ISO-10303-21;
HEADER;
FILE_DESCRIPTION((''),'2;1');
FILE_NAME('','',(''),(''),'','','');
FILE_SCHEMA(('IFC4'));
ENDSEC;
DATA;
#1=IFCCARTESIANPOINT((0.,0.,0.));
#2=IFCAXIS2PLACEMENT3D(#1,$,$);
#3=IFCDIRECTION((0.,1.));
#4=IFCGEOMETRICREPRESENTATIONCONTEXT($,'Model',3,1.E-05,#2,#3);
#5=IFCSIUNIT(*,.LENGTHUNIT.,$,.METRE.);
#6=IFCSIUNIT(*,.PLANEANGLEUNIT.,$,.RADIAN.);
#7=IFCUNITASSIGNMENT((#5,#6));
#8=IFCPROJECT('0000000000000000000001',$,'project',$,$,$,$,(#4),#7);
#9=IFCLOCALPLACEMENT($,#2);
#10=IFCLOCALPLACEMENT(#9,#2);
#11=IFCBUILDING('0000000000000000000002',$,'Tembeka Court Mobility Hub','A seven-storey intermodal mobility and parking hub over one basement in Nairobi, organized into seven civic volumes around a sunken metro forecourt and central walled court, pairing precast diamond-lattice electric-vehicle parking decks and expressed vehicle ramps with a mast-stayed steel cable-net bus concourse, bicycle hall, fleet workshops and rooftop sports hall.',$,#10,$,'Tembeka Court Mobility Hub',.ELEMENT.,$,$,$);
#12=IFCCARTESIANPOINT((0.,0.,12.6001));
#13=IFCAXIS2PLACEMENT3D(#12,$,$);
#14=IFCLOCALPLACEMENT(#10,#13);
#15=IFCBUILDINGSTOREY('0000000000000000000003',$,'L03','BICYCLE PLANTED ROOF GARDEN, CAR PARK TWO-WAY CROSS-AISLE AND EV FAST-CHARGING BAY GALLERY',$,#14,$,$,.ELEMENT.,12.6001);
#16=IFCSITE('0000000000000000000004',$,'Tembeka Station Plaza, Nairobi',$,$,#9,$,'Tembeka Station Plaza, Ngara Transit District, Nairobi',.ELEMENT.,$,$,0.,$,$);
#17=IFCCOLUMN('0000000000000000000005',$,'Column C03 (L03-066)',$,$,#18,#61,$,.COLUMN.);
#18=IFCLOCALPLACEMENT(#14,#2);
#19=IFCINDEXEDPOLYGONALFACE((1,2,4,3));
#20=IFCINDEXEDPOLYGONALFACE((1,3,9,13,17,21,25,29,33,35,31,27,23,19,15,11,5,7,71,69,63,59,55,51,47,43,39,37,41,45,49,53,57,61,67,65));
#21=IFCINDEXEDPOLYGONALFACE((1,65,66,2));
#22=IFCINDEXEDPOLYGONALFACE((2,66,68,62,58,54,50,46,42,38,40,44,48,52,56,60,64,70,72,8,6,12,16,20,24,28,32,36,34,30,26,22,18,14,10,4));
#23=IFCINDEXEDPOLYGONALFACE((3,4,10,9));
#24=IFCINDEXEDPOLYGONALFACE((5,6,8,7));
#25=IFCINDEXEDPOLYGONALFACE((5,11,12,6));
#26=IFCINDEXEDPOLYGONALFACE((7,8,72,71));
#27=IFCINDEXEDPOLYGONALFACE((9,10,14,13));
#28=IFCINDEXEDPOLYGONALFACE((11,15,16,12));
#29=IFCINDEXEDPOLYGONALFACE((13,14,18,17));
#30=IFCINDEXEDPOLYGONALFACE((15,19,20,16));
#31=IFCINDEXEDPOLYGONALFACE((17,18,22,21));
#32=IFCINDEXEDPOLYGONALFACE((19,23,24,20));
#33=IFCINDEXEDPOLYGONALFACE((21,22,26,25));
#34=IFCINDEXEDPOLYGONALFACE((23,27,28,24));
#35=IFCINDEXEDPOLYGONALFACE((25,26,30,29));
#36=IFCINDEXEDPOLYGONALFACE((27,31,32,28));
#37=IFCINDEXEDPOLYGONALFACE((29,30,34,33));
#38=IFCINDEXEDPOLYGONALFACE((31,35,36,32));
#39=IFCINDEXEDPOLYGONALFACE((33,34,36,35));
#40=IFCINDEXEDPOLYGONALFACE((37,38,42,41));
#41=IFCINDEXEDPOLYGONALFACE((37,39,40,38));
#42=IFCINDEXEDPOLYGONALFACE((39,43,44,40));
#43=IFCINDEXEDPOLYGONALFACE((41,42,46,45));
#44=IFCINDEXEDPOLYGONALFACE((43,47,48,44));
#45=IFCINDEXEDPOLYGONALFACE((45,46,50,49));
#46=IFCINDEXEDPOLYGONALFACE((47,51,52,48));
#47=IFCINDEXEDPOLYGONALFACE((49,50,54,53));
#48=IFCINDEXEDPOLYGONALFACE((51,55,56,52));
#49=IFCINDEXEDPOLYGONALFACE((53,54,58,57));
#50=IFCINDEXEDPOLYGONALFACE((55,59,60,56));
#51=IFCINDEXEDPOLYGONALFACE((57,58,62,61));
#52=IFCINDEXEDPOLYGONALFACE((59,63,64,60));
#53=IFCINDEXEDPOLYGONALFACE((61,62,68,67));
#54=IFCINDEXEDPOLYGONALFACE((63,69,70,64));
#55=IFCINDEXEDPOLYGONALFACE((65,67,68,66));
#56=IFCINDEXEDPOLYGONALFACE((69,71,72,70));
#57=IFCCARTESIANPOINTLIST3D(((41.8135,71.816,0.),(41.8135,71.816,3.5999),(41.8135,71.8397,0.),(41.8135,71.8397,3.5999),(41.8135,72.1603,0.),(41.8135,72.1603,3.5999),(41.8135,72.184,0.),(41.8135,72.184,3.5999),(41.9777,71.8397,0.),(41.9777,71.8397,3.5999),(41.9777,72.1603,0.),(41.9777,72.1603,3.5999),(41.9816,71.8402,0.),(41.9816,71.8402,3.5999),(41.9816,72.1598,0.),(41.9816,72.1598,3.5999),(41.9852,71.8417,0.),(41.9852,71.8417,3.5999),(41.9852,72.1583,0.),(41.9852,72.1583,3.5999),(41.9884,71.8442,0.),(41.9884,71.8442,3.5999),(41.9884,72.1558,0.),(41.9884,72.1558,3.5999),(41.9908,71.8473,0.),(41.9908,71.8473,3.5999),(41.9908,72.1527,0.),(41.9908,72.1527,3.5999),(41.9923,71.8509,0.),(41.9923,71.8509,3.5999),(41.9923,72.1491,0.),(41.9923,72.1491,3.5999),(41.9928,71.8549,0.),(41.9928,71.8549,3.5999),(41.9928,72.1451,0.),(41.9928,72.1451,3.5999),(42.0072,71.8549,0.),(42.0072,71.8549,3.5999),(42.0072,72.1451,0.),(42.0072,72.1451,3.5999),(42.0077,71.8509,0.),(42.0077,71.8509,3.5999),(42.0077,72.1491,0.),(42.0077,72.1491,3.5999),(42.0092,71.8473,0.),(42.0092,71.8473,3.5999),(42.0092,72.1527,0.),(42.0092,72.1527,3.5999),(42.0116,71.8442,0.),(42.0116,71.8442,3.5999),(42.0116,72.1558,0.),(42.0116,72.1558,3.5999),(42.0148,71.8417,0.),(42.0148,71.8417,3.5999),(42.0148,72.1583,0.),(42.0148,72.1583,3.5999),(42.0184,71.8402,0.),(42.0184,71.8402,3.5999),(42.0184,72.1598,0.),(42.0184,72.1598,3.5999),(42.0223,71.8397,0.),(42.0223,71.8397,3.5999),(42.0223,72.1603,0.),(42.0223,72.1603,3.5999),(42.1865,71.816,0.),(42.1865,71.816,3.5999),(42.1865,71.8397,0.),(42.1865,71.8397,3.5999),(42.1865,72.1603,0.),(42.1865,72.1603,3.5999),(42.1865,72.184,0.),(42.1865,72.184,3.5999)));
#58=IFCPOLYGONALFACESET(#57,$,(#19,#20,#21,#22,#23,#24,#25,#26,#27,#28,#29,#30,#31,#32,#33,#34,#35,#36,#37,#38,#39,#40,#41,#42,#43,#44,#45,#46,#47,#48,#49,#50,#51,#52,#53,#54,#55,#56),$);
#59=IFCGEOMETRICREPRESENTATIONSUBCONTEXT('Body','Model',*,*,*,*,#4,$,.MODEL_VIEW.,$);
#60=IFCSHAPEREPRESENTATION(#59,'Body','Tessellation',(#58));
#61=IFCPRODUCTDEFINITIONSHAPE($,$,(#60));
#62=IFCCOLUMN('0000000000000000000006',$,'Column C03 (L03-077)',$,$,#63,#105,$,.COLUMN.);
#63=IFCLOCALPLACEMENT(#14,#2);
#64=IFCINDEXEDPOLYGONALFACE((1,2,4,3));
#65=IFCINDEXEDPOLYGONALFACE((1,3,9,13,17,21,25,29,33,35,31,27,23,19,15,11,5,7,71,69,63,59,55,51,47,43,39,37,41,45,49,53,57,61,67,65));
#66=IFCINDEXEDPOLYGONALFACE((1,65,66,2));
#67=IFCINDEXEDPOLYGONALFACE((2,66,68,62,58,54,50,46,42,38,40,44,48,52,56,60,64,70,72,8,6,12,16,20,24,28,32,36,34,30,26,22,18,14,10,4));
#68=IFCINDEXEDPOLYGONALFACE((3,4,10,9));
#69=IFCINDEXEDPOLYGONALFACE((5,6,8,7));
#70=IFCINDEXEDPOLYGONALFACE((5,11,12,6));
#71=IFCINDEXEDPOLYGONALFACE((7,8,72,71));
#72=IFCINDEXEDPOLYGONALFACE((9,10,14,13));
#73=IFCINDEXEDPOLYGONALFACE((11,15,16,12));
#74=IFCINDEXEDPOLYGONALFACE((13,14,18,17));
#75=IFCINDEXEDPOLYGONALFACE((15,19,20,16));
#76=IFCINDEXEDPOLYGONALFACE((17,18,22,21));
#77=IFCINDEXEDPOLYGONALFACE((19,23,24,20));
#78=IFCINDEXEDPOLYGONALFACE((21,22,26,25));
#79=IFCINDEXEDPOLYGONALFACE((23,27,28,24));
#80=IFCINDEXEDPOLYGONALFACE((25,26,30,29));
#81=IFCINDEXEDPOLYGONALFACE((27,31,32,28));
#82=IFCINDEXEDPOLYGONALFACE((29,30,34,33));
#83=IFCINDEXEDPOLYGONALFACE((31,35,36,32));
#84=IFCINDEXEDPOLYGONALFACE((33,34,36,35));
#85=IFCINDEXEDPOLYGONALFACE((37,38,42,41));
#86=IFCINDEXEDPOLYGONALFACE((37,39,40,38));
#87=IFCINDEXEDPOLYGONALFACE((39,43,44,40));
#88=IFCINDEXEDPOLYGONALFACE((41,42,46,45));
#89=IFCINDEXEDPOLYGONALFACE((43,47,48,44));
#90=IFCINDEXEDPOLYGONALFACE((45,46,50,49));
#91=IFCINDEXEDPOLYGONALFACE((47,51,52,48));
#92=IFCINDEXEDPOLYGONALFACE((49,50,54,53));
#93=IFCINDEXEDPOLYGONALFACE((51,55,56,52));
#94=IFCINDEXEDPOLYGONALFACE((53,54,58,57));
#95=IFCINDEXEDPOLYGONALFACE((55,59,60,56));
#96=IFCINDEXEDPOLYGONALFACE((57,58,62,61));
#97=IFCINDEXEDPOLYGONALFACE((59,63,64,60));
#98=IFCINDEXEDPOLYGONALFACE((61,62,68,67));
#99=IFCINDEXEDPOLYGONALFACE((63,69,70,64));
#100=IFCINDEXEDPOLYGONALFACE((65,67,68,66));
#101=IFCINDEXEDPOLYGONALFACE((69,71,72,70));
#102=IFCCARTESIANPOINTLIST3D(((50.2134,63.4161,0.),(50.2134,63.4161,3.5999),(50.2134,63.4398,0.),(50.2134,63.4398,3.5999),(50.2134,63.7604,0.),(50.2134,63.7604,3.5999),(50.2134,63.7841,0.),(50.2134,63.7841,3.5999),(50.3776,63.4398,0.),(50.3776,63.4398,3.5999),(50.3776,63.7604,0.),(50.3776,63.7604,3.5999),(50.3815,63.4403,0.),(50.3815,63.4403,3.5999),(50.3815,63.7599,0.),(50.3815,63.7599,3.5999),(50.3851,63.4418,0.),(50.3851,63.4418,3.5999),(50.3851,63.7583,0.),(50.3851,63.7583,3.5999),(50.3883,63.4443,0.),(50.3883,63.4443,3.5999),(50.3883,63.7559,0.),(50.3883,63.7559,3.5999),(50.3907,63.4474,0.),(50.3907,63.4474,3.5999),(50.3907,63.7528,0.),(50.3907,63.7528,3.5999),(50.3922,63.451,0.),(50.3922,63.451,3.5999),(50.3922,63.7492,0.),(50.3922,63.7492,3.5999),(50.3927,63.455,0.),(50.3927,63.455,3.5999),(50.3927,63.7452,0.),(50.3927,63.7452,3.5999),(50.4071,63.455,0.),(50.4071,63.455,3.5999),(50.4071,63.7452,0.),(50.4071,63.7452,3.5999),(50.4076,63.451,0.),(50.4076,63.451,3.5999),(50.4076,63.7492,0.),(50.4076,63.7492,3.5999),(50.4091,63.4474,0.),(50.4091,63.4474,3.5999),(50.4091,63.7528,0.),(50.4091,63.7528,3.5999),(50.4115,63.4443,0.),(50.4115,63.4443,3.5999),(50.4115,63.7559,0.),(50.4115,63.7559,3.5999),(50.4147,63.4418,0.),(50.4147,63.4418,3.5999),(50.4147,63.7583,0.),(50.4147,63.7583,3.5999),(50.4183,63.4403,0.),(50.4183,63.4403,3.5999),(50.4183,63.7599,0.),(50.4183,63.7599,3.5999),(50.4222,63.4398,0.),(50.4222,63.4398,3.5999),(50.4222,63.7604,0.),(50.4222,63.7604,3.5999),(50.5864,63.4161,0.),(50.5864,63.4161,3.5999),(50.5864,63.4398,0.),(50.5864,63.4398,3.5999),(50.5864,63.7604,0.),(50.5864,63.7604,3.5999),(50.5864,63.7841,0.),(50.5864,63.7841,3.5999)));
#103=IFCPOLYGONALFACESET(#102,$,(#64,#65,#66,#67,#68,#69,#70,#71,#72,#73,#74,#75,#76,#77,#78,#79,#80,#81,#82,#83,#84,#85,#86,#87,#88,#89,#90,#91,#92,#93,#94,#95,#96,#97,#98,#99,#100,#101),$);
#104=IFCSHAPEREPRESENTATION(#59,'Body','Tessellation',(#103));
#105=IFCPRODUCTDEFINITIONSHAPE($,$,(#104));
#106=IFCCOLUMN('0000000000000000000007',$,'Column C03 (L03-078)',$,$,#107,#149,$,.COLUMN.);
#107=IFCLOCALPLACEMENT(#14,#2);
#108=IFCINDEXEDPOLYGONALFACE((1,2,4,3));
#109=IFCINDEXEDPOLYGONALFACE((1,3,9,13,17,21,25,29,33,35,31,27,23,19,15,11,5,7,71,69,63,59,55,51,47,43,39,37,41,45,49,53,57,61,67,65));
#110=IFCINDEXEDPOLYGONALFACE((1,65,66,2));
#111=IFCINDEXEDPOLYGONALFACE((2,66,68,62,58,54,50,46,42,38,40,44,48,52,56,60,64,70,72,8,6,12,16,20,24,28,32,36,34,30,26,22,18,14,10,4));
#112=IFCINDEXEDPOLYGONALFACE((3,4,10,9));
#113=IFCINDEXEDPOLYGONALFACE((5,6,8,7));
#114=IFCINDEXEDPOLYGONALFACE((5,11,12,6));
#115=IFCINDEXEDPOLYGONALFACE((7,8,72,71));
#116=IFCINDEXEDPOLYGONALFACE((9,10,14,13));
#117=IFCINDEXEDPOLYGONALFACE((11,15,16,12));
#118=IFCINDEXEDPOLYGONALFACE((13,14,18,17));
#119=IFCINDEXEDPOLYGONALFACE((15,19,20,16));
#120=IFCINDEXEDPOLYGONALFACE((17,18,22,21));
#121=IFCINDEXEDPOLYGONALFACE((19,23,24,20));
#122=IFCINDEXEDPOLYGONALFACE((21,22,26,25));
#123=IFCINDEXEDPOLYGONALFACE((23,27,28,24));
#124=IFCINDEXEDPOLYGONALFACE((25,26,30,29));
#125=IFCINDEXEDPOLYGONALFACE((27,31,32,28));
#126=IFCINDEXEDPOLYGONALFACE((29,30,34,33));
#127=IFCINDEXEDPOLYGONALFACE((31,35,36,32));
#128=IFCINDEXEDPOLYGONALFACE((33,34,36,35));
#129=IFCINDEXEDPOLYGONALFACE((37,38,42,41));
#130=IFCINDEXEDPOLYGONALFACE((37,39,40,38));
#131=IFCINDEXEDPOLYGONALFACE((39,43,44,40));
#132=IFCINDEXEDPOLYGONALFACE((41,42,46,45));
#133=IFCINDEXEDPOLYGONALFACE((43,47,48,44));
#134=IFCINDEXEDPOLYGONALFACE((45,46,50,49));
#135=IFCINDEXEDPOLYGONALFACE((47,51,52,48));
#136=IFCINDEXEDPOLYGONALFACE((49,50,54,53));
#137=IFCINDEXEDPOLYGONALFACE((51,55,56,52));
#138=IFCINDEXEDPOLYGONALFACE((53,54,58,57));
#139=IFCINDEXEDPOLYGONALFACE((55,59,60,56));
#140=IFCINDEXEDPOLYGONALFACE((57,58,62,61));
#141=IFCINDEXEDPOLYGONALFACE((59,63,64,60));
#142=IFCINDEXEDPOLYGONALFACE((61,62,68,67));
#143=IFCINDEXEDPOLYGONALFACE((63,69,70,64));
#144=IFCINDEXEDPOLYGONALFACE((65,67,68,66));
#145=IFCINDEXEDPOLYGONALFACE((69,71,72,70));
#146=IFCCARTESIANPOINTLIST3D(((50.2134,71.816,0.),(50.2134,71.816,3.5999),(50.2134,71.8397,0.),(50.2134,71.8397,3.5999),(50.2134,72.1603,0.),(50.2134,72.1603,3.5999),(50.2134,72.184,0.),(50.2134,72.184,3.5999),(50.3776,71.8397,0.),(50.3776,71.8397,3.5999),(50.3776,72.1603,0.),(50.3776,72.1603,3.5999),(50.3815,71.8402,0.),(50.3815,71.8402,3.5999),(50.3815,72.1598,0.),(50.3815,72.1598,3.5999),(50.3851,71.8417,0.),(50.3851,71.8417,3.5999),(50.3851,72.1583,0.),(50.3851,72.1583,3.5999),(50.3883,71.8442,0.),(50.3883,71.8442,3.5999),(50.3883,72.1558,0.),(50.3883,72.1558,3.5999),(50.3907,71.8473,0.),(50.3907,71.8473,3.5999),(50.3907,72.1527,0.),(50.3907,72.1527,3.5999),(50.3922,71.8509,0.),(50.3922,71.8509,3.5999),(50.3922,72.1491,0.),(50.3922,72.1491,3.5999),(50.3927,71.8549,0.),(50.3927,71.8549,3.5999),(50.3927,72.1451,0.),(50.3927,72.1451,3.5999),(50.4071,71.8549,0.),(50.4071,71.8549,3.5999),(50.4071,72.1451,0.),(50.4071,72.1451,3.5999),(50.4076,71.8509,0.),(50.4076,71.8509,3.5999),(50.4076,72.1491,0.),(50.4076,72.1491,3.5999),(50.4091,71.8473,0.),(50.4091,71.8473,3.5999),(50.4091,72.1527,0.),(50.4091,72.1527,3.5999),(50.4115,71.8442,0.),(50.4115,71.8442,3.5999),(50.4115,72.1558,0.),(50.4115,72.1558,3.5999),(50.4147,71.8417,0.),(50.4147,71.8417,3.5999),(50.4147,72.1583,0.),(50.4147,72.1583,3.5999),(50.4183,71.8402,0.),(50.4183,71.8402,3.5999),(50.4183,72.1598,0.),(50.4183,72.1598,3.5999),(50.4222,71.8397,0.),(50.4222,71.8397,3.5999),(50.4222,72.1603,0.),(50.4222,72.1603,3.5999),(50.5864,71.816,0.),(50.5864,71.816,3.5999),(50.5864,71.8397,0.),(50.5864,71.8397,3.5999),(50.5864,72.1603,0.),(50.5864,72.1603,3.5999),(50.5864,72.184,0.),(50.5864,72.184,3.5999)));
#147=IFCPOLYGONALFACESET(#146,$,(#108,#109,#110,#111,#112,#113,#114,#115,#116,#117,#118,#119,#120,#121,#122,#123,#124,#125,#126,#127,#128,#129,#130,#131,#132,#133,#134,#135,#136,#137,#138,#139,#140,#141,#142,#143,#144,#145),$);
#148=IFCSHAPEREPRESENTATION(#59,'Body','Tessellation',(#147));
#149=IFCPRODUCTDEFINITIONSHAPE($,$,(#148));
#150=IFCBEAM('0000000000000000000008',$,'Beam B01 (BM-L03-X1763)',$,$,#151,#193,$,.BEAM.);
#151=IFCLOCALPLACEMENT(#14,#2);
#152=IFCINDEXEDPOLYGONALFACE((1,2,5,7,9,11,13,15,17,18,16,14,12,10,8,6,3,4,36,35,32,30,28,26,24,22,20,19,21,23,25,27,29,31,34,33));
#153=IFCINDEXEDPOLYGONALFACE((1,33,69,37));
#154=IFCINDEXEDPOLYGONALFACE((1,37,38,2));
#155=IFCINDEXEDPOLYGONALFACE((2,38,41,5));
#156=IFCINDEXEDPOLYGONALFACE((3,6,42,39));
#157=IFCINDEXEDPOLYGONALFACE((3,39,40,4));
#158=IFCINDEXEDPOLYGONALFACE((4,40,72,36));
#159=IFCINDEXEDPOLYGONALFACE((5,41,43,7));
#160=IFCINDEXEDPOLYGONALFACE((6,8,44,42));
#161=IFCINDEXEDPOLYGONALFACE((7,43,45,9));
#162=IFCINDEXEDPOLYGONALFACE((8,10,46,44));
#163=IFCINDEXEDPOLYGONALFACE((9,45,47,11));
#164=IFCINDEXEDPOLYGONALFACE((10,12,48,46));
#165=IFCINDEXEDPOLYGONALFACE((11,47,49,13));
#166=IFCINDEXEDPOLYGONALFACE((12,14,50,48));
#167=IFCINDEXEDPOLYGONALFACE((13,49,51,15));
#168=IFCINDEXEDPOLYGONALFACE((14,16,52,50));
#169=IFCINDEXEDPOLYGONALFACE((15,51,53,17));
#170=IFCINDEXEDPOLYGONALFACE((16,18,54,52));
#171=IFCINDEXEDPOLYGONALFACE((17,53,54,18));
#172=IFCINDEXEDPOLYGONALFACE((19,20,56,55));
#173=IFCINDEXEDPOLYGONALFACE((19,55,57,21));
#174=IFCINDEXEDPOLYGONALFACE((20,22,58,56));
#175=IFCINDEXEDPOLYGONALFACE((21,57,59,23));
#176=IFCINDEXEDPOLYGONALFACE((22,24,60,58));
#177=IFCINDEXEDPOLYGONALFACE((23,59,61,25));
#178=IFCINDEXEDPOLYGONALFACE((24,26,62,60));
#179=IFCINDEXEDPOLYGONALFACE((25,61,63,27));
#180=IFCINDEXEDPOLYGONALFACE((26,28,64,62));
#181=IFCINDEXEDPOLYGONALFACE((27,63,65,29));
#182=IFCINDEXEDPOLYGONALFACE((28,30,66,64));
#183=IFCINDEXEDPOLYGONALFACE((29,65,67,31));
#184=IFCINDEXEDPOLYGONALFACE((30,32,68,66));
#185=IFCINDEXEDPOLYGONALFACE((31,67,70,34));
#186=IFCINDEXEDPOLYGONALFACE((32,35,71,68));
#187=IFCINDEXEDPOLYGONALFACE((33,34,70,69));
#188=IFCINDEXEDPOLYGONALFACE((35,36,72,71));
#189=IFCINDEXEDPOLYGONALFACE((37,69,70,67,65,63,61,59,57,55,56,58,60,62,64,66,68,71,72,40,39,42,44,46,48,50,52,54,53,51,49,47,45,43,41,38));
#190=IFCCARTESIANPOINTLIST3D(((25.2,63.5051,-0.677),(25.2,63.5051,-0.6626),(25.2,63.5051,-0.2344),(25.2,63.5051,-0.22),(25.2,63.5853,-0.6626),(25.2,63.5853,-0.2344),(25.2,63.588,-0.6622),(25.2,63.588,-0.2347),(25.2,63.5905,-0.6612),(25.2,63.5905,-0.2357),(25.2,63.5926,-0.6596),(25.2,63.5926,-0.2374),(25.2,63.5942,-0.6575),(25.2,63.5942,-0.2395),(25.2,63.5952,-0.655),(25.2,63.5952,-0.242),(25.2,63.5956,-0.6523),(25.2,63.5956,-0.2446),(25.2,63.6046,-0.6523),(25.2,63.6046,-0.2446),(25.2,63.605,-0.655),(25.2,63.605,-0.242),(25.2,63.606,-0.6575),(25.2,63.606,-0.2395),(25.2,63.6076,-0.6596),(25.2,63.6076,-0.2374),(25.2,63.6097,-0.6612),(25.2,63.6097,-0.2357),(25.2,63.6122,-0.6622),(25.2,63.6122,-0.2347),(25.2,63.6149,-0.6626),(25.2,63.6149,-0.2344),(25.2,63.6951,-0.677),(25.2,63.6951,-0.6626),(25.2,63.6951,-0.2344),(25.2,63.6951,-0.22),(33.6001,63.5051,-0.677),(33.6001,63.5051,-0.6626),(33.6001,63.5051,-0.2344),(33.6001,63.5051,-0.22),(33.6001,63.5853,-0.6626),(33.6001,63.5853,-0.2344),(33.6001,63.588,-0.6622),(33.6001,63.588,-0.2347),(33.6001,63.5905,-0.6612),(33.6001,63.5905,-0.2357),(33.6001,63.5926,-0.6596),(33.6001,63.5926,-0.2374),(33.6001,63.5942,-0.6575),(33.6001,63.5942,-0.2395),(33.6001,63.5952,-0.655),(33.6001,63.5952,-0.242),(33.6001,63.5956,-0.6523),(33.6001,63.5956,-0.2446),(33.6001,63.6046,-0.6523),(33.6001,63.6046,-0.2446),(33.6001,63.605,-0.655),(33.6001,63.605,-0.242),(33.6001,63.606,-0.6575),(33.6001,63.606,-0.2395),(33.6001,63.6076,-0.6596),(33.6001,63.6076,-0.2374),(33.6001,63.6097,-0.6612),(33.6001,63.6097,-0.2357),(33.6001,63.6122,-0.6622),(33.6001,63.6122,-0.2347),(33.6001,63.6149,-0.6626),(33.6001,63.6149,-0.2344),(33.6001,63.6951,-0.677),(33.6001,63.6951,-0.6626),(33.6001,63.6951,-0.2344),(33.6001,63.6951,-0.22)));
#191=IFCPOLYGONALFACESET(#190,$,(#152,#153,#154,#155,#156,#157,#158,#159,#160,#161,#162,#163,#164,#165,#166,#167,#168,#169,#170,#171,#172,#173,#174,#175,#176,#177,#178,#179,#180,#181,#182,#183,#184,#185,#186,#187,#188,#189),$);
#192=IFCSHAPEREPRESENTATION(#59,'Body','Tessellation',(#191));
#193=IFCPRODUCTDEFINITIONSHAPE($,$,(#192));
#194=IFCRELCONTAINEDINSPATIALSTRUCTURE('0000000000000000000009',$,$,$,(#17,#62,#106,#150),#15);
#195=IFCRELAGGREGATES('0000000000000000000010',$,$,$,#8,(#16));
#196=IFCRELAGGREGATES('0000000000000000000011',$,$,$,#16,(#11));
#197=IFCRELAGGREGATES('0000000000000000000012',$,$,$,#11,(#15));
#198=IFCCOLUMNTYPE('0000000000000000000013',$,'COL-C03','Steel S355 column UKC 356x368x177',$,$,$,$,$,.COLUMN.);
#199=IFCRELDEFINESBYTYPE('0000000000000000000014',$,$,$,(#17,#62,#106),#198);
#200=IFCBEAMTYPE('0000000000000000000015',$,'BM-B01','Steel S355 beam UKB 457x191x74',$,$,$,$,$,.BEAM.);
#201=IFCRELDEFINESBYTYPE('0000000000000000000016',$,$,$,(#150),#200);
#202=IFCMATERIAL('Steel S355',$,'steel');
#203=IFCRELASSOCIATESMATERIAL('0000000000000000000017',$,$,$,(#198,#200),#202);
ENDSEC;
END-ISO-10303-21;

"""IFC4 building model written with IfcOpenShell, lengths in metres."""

from ifc_helpers import new_model, si_unit, direction, frame, origin, origin_2d, place, context, subcontext, project, spatial, i_section, extrude, material, material_profile, profile_set, type_object, element, save


model = new_model("IFC4")

# Units and contexts
model_context = context("Model", 3, precision=1e-05, world=origin(), true_north=direction((0.0, 1.0)))
body_context = subcontext(model_context, "Body", "Model", "MODEL_VIEW")
ifc_project = project(units=[si_unit("LENGTHUNIT", "METRE"), si_unit("PLANEANGLEUNIT", "RADIAN")], contexts=[model_context])

# Site, building, storey
site_placement = place(None, origin())
site = spatial("IfcSite", under=ifc_project, at=site_placement, Name="Tembeka Station Plaza, Nairobi", LongName="Tembeka Station Plaza, Ngara Transit District, Nairobi", CompositionType="ELEMENT", RefElevation=0.0)
building_placement = place(site_placement, origin())
building = spatial("IfcBuilding", under=site, at=building_placement, Name="Tembeka Court Mobility Hub", Description="A seven-storey intermodal mobility and parking hub over one basement in Nairobi, organized into seven civic volumes around a sunken metro forecourt and central walled court, pairing precast diamond-lattice electric-vehicle parking decks and expressed vehicle ramps with a mast-stayed steel cable-net bus concourse, bicycle hall, fleet workshops and rooftop sports hall.", LongName="Tembeka Court Mobility Hub", CompositionType="ELEMENT")
storey_placement = place(building_placement, frame((0.0, 0.0, 12.6001)))
storey = spatial("IfcBuildingStorey", under=building, at=storey_placement, Name="L03", Description="BICYCLE PLANTED ROOF GARDEN, CAR PARK TWO-WAY CROSS-AISLE AND EV FAST-CHARGING BAY GALLERY", CompositionType="ELEMENT", Elevation=12.6001)

# Columns
ifc_material = material(Name="Steel S355", Category="steel")
ifc_material_profile_1 = material_profile(ifc_material, i_section(OverallWidth=0.373, OverallDepth=0.3679, WebThickness=0.0144, FlangeThickness=0.0237, FilletRadius=0.0151, at=origin_2d()), Name="UKC 356x368x177")
ifc_profile_set_1 = profile_set([ifc_material_profile_1], Name="Steel S355")
column_type = type_object("IfcColumnType", Name="COL-C03", Description="Steel S355 column UKC 356x368x177", PredefinedType="COLUMN", material=ifc_profile_set_1)
for number, where, z_axis, x_axis, name in (
    (1, (42.0, 72.0, 0.0), (0.0, 0.0, 1.0), (1.0, 0.0, 0.0), "Column C03 (L03-066)"),
    (2, (50.3999, 63.6001, 0.0), (0.0, 0.0, 1.0), (1.0, 0.0, 0.0), "Column C03 (L03-077)"),
    (3, (50.3999, 72.0, 0.0), (0.0, 0.0, 1.0), (1.0, 0.0, 0.0), "Column C03 (L03-078)"),
):
    element("IfcColumn", number, at=place(storey_placement, frame(where, z_axis=z_axis, x_axis=x_axis)), inside=storey, type_object=column_type, Name=name, PredefinedType="COLUMN", context=body_context, shape_type="SweptSolid", body=[
        extrude(i_section(OverallWidth=0.373, OverallDepth=0.3679, WebThickness=0.0144, FlangeThickness=0.0237, FilletRadius=0.0151, at=origin_2d()), origin(), (0.0, 0.0, 1.0), 3.5999),
    ])

# Beam
ifc_material_profile_2 = material_profile(ifc_material, i_section(OverallWidth=0.1899, OverallDepth=0.457, WebThickness=0.009, FlangeThickness=0.0144, FilletRadius=0.0103, at=origin_2d()), Name="UKB 457x191x74")
ifc_profile_set_2 = profile_set([ifc_material_profile_2], Name="Steel S355")
beam_type_1 = type_object("IfcBeamType", Name="BM-B01", Description="Steel S355 beam UKB 457x191x74", PredefinedType="BEAM", material=ifc_profile_set_2)
beam_1_placement = place(storey_placement, frame((25.2, 63.6001, -0.4485), z_axis=(1.0, 0.0, 0.0), x_axis=(0.0, 1.0, 0.0)))
element("IfcBeam", 4, at=beam_1_placement, inside=storey, type_object=beam_type_1, Name="Beam B01 (BM-L03-X1763)", PredefinedType="BEAM", context=body_context, shape_type="SweptSolid", body=[
    extrude(i_section(OverallWidth=0.1899, OverallDepth=0.457, WebThickness=0.009, FlangeThickness=0.0144, FilletRadius=0.0103, at=origin_2d()), origin(), (0.0, 0.0, 1.0), 8.4001),
])

save(model, "model.ifc")
